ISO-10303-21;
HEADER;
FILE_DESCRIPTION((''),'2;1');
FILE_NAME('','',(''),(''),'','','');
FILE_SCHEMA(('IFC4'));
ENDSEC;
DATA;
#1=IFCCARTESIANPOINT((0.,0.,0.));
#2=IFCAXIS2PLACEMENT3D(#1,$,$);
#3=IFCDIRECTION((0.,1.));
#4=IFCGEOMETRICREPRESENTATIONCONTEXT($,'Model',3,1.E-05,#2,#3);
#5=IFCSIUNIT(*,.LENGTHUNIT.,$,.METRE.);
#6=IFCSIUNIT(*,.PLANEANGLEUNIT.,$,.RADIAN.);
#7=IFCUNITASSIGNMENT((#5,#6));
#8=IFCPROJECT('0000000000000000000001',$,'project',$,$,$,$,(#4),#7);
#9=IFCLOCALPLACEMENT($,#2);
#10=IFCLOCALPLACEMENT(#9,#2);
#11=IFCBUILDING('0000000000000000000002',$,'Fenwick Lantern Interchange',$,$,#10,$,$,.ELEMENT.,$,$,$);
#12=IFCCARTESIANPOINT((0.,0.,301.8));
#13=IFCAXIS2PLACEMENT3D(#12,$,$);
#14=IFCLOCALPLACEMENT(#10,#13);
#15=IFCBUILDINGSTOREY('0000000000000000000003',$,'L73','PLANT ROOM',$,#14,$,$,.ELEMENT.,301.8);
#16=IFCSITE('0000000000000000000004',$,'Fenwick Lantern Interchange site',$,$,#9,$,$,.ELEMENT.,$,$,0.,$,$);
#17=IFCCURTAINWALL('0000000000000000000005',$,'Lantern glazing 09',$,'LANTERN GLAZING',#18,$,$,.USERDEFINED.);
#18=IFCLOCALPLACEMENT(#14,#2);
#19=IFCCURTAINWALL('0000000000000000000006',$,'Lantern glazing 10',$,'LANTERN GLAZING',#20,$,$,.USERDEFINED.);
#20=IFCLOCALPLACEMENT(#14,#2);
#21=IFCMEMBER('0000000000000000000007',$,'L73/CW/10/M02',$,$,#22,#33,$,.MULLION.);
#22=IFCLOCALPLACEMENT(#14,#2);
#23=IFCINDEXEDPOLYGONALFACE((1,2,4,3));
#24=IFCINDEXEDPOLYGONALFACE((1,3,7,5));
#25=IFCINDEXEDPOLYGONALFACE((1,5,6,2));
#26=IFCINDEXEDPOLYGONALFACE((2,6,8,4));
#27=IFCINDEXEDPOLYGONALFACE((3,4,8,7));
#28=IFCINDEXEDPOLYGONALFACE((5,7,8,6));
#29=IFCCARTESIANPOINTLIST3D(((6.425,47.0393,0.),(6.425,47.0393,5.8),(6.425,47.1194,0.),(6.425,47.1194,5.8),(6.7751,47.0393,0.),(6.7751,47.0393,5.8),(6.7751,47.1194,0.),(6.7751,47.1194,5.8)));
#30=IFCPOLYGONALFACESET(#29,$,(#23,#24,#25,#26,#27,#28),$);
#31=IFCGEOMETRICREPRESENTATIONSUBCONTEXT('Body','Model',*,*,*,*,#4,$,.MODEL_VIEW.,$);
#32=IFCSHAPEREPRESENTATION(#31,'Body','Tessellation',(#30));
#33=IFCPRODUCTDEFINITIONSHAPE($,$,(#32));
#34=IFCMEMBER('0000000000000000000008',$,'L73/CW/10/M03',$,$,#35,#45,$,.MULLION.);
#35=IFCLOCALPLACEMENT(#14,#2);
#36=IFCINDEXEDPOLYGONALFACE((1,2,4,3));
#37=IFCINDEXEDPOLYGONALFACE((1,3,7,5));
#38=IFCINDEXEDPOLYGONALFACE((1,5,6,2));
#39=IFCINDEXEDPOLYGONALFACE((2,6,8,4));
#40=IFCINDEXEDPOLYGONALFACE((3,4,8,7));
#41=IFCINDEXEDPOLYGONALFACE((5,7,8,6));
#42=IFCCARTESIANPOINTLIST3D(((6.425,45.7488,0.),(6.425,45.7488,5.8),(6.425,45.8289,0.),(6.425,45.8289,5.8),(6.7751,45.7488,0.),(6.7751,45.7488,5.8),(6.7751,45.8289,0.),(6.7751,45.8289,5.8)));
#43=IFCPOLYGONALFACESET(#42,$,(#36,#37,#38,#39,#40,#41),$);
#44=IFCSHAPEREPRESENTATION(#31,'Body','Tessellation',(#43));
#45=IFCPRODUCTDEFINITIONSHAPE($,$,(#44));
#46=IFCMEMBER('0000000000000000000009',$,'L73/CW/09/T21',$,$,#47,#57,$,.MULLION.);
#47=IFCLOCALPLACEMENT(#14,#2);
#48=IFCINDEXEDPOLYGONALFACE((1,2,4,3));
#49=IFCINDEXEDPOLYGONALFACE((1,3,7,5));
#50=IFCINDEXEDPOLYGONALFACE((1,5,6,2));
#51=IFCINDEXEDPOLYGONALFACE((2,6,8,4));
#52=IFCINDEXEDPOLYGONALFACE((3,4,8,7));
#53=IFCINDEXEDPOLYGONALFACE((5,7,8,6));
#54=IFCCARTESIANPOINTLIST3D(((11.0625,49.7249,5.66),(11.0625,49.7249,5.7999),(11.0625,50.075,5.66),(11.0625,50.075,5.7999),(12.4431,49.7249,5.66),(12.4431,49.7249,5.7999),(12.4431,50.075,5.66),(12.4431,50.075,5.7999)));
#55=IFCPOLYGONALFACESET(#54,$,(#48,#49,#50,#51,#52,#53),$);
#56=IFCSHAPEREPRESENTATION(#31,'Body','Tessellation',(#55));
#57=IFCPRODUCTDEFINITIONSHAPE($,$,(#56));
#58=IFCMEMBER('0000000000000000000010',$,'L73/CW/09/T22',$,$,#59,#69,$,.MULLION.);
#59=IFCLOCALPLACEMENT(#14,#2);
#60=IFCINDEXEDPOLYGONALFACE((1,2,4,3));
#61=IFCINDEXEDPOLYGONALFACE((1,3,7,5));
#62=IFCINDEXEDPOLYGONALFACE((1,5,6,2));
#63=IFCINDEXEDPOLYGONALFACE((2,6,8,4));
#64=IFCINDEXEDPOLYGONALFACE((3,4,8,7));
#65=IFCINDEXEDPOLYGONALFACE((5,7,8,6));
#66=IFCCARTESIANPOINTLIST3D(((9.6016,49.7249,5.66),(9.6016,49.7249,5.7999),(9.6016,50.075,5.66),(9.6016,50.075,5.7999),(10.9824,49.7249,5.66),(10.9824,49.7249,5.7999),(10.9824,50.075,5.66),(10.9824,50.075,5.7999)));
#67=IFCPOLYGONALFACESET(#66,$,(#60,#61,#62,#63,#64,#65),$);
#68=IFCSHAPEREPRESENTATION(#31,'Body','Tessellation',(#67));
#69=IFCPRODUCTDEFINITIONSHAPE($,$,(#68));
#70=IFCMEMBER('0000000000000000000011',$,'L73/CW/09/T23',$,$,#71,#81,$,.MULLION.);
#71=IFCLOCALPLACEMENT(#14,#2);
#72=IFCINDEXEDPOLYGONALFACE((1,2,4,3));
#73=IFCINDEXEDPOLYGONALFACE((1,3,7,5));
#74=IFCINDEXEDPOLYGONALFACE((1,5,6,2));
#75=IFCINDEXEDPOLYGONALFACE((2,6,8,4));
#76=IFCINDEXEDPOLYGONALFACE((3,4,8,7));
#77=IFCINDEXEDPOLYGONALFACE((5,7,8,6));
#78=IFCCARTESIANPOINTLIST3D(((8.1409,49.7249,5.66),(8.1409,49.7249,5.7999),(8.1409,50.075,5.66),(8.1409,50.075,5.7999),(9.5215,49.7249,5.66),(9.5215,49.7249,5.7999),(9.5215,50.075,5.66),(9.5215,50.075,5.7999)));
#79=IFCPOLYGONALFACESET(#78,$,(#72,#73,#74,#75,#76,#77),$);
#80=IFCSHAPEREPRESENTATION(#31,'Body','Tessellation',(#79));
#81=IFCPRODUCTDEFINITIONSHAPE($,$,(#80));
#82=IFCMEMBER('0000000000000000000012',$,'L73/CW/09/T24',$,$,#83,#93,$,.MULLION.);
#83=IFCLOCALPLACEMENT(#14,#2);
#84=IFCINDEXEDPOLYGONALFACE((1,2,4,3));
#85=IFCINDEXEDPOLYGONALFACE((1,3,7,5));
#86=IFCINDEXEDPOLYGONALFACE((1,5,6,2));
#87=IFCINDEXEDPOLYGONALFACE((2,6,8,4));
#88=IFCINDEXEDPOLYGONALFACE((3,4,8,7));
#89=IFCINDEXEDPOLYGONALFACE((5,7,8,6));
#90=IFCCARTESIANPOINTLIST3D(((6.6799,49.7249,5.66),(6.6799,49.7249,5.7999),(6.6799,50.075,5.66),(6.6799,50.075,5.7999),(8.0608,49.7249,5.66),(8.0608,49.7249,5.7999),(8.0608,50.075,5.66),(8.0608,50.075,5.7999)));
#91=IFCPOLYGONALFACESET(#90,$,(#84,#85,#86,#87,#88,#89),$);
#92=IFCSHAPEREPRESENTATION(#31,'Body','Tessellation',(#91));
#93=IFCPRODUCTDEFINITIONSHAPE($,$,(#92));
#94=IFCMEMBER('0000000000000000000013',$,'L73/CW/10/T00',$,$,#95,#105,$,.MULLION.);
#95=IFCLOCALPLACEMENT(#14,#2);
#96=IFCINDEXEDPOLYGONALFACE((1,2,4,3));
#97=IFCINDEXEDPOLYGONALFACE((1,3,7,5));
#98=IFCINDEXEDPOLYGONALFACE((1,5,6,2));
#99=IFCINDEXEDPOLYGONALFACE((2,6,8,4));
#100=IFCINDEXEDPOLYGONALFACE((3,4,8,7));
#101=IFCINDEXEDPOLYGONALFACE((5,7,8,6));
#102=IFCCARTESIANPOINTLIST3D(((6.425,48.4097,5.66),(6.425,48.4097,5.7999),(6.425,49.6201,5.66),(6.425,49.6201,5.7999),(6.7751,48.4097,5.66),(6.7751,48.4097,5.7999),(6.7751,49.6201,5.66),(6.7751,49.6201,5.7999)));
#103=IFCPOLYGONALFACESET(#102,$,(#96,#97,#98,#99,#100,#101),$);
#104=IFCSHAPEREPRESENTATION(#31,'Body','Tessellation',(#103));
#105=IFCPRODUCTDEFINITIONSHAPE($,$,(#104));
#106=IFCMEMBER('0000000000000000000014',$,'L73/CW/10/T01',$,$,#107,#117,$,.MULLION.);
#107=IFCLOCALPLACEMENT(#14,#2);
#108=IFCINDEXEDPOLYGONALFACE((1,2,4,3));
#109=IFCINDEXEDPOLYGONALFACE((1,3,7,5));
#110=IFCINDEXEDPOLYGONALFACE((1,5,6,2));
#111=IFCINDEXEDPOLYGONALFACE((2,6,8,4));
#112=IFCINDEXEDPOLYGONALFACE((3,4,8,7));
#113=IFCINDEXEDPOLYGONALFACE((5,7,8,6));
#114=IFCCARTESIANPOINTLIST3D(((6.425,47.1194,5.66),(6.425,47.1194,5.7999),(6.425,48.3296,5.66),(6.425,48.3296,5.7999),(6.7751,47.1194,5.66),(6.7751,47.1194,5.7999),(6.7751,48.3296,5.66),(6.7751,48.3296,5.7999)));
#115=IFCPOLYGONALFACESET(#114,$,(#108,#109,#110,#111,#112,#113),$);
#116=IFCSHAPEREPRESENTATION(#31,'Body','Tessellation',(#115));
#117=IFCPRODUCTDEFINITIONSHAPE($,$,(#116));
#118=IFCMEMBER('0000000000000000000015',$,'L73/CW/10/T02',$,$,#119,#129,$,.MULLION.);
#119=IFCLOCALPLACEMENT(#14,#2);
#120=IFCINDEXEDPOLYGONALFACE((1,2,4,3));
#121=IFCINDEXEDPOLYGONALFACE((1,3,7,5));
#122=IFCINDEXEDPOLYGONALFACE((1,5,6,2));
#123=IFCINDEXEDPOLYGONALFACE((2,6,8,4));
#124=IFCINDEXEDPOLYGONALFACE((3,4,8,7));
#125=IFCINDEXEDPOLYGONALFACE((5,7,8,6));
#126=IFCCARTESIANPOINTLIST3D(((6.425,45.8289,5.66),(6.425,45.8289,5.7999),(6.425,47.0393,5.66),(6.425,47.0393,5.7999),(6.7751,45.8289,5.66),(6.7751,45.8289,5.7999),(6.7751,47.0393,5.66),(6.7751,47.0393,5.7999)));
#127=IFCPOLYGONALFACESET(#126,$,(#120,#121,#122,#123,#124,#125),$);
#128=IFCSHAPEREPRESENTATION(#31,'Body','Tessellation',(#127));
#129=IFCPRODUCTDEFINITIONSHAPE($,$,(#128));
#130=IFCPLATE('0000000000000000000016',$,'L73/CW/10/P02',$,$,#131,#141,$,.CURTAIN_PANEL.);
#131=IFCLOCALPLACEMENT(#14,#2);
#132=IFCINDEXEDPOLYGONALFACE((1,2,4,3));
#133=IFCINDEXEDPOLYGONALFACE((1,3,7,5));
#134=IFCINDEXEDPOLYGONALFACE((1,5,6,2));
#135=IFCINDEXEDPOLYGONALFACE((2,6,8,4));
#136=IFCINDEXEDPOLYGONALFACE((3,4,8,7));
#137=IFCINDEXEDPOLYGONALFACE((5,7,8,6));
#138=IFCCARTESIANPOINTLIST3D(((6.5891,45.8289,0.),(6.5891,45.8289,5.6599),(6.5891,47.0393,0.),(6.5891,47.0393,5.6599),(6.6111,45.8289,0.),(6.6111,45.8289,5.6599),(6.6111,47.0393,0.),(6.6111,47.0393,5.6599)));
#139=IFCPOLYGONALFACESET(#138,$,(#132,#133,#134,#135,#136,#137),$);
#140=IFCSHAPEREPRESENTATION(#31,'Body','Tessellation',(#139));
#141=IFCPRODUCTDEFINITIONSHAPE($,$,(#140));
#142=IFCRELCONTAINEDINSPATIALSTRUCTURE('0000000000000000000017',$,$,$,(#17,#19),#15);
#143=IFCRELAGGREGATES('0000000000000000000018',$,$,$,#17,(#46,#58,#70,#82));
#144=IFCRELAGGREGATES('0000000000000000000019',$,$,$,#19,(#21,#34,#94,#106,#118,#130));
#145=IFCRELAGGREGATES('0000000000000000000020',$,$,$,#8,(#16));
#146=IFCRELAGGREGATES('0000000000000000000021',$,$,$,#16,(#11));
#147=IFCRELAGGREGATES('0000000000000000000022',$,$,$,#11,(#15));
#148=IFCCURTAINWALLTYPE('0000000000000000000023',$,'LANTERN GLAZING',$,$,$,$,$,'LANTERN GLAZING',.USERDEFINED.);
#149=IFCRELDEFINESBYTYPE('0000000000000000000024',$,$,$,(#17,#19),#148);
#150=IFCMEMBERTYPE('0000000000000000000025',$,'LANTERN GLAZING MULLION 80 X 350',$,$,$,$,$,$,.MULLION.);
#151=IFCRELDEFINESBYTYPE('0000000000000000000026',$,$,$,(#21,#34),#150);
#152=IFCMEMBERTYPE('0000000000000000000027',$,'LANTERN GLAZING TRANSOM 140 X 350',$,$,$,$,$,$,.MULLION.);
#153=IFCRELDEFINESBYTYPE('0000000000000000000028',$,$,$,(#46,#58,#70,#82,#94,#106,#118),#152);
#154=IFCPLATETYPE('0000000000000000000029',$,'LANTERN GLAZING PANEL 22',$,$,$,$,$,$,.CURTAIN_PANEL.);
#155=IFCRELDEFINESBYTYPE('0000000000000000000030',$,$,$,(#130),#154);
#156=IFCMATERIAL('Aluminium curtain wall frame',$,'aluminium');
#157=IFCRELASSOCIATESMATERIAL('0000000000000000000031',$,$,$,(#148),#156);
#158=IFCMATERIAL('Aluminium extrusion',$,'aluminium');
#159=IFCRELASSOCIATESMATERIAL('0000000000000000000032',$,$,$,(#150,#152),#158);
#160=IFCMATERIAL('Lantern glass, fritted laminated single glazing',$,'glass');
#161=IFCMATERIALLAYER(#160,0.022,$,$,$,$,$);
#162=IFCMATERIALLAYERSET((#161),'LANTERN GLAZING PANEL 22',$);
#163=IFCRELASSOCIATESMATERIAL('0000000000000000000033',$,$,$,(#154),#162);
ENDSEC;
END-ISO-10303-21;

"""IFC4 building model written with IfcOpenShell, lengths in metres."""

from ifc_helpers import new_model, si_unit, direction, frame, origin, origin_2d, place, context, subcontext, project, spatial, rectangle, extrude, material, layer, layer_set, material_profile, profile_set, type_object, element, aggregate, save


model = new_model("IFC4")

# Units and contexts
model_context = context("Model", 3, precision=1e-05, world=origin(), true_north=direction((0.0, 1.0)))
body_context = subcontext(model_context, "Body", "Model", "MODEL_VIEW")
ifc_project = project(units=[si_unit("LENGTHUNIT", "METRE"), si_unit("PLANEANGLEUNIT", "RADIAN")], contexts=[model_context])

# Site, building, storey
site_placement = place(None, origin())
site = spatial("IfcSite", under=ifc_project, at=site_placement, Name="Fenwick Lantern Interchange site", CompositionType="ELEMENT", RefElevation=0.0)
building_placement = place(site_placement, origin())
building = spatial("IfcBuilding", under=site, at=building_placement, Name="Fenwick Lantern Interchange", CompositionType="ELEMENT")
storey_placement = place(building_placement, frame((0.0, 0.0, 301.8)))
storey = spatial("IfcBuildingStorey", under=building, at=storey_placement, Name="L73", Description="PLANT ROOM", CompositionType="ELEMENT", Elevation=301.8)

# Curtain walls, members
ifc_material_1 = material(Name="Aluminium curtain wall frame", Category="aluminium")
curtain_wall_type = type_object("IfcCurtainWallType", Name="LANTERN GLAZING", ElementType="LANTERN GLAZING", PredefinedType="USERDEFINED", material=ifc_material_1)
curtain_wall_1_placement = place(storey_placement, origin())
curtain_wall_1 = element("IfcCurtainWall", 1, at=curtain_wall_1_placement, inside=storey, type_object=curtain_wall_type, Name="Lantern glazing 09", ObjectType="LANTERN GLAZING", PredefinedType="USERDEFINED")
ifc_material_2 = material(Name="Aluminium extrusion", Category="aluminium")
ifc_material_profile_1 = material_profile(ifc_material_2, rectangle(XDim=0.3501, YDim=0.0801, at=origin_2d()), Name="LANTERN GLAZING MULLION 80 X 350")
ifc_profile_set_1 = profile_set([ifc_material_profile_1], Name="Aluminium extrusion")
member_type_1 = type_object("IfcMemberType", Name="LANTERN GLAZING MULLION 80 X 350", PredefinedType="MULLION", material=ifc_profile_set_1)
curtain_wall_2_placement = place(storey_placement, origin())
curtain_wall_2 = element("IfcCurtainWall", 2, at=curtain_wall_2_placement, inside=storey, type_object=curtain_wall_type, Name="Lantern glazing 10", ObjectType="LANTERN GLAZING", PredefinedType="USERDEFINED")
member_1_placement = place(storey_placement, frame((6.6001, 47.0793, 0.0), z_axis=(0.0, 0.0, 1.0), x_axis=(1.0, 0.0, 0.0)))
member_1 = element("IfcMember", 3, at=member_1_placement, type_object=member_type_1, Name="L73/CW/10/M02", PredefinedType="MULLION", context=body_context, shape_type="SweptSolid", body=[
    extrude(rectangle(XDim=0.3501, YDim=0.0801, at=origin_2d()), origin(), (0.0, 0.0, 1.0), 5.8),
])
member_2_placement = place(storey_placement, frame((6.6001, 45.7888, 0.0), z_axis=(0.0, 0.0, 1.0), x_axis=(1.0, 0.0, 0.0)))
member_2 = element("IfcMember", 4, at=member_2_placement, type_object=member_type_1, Name="L73/CW/10/M03", PredefinedType="MULLION", context=body_context, shape_type="SweptSolid", body=[
    extrude(rectangle(XDim=0.3501, YDim=0.0801, at=origin_2d()), origin(), (0.0, 0.0, 1.0), 5.8),
])

# Members
ifc_material_profile_2 = material_profile(ifc_material_2, rectangle(XDim=0.3501, YDim=0.1399, at=origin_2d()), Name="LANTERN GLAZING TRANSOM 140 X 350")
ifc_profile_set_2 = profile_set([ifc_material_profile_2], Name="Aluminium extrusion")
member_type_2 = type_object("IfcMemberType", Name="LANTERN GLAZING TRANSOM 140 X 350", PredefinedType="MULLION", material=ifc_profile_set_2)
member_3_placement = place(storey_placement, frame((12.4431, 49.8999, 5.73), z_axis=(-1.0, 0.0, 0.0), x_axis=(0.0, -1.0, 0.0)))
member_3 = element("IfcMember", 5, at=member_3_placement, type_object=member_type_2, Name="L73/CW/09/T21", PredefinedType="MULLION", context=body_context, shape_type="SweptSolid", body=[
    extrude(rectangle(XDim=0.3501, YDim=0.1399, at=origin_2d()), origin(), (0.0, 0.0, 1.0), 1.3806),
])
member_4_placement = place(storey_placement, frame((10.9824, 49.8999, 5.73), z_axis=(-1.0, 0.0, 0.0), x_axis=(0.0, -1.0, 0.0)))
member_4 = element("IfcMember", 6, at=member_4_placement, type_object=member_type_2, Name="L73/CW/09/T22", PredefinedType="MULLION", context=body_context, shape_type="SweptSolid", body=[
    extrude(rectangle(XDim=0.3501, YDim=0.1399, at=origin_2d()), origin(), (0.0, 0.0, 1.0), 1.3809),
])
member_5_placement = place(storey_placement, frame((9.5215, 49.8999, 5.73), z_axis=(-1.0, 0.0, 0.0), x_axis=(0.0, -1.0, 0.0)))
member_5 = element("IfcMember", 7, at=member_5_placement, type_object=member_type_2, Name="L73/CW/09/T23", PredefinedType="MULLION", context=body_context, shape_type="SweptSolid", body=[
    extrude(rectangle(XDim=0.3501, YDim=0.1399, at=origin_2d()), origin(), (0.0, 0.0, 1.0), 1.3806),
])
member_6_placement = place(storey_placement, frame((8.0608, 49.8999, 5.73), z_axis=(-1.0, 0.0, 0.0), x_axis=(0.0, -1.0, 0.0)))
member_6 = element("IfcMember", 8, at=member_6_placement, type_object=member_type_2, Name="L73/CW/09/T24", PredefinedType="MULLION", context=body_context, shape_type="SweptSolid", body=[
    extrude(rectangle(XDim=0.3501, YDim=0.1399, at=origin_2d()), origin(), (0.0, 0.0, 1.0), 1.3809),
])
aggregate(curtain_wall_1, [member_3, member_4, member_5, member_6])
member_7_placement = place(storey_placement, frame((6.6001, 49.6201, 5.73), z_axis=(0.0, -1.0, 0.0), x_axis=(1.0, 0.0, 0.0)))
member_7 = element("IfcMember", 9, at=member_7_placement, type_object=member_type_2, Name="L73/CW/10/T00", PredefinedType="MULLION", context=body_context, shape_type="SweptSolid", body=[
    extrude(rectangle(XDim=0.3501, YDim=0.1399, at=origin_2d()), origin(), (0.0, 0.0, 1.0), 1.2104),
])
member_8_placement = place(storey_placement, frame((6.6001, 48.3296, 5.73), z_axis=(0.0, -1.0, 0.0), x_axis=(1.0, 0.0, 0.0)))
member_8 = element("IfcMember", 10, at=member_8_placement, type_object=member_type_2, Name="L73/CW/10/T01", PredefinedType="MULLION", context=body_context, shape_type="SweptSolid", body=[
    extrude(rectangle(XDim=0.3501, YDim=0.1399, at=origin_2d()), origin(), (0.0, 0.0, 1.0), 1.2102),
])
member_9_placement = place(storey_placement, frame((6.6001, 47.0393, 5.73), z_axis=(0.0, -1.0, 0.0), x_axis=(1.0, 0.0, 0.0)))
member_9 = element("IfcMember", 11, at=member_9_placement, type_object=member_type_2, Name="L73/CW/10/T02", PredefinedType="MULLION", context=body_context, shape_type="SweptSolid", body=[
    extrude(rectangle(XDim=0.3501, YDim=0.1399, at=origin_2d()), origin(), (0.0, 0.0, 1.0), 1.2104),
])

# Plate
ifc_material_3 = material(Name="Lantern glass, fritted laminated single glazing", Category="glass")
ifc_layer_1 = layer(ifc_material_3, 0.022)
ifc_layer_set_1 = layer_set([ifc_layer_1], Name="LANTERN GLAZING PANEL 22")
plate_type = type_object("IfcPlateType", Name="LANTERN GLAZING PANEL 22", PredefinedType="CURTAIN_PANEL", material=ifc_layer_set_1)
plate_placement = place(storey_placement, frame((6.6001, 46.4341, 0.0), z_axis=(0.0, 0.0, 1.0), x_axis=(0.0, -1.0, 0.0)))
plate = element("IfcPlate", 12, at=plate_placement, type_object=plate_type, Name="L73/CW/10/P02", PredefinedType="CURTAIN_PANEL", context=body_context, shape_type="SweptSolid", body=[
    extrude(rectangle(XDim=1.2104, YDim=0.022, at=origin_2d()), origin(), (0.0, 0.0, 1.0), 5.6599),
])
aggregate(curtain_wall_2, [member_1, member_2, member_7, member_8, member_9, plate])

save(model, "model.ifc")
